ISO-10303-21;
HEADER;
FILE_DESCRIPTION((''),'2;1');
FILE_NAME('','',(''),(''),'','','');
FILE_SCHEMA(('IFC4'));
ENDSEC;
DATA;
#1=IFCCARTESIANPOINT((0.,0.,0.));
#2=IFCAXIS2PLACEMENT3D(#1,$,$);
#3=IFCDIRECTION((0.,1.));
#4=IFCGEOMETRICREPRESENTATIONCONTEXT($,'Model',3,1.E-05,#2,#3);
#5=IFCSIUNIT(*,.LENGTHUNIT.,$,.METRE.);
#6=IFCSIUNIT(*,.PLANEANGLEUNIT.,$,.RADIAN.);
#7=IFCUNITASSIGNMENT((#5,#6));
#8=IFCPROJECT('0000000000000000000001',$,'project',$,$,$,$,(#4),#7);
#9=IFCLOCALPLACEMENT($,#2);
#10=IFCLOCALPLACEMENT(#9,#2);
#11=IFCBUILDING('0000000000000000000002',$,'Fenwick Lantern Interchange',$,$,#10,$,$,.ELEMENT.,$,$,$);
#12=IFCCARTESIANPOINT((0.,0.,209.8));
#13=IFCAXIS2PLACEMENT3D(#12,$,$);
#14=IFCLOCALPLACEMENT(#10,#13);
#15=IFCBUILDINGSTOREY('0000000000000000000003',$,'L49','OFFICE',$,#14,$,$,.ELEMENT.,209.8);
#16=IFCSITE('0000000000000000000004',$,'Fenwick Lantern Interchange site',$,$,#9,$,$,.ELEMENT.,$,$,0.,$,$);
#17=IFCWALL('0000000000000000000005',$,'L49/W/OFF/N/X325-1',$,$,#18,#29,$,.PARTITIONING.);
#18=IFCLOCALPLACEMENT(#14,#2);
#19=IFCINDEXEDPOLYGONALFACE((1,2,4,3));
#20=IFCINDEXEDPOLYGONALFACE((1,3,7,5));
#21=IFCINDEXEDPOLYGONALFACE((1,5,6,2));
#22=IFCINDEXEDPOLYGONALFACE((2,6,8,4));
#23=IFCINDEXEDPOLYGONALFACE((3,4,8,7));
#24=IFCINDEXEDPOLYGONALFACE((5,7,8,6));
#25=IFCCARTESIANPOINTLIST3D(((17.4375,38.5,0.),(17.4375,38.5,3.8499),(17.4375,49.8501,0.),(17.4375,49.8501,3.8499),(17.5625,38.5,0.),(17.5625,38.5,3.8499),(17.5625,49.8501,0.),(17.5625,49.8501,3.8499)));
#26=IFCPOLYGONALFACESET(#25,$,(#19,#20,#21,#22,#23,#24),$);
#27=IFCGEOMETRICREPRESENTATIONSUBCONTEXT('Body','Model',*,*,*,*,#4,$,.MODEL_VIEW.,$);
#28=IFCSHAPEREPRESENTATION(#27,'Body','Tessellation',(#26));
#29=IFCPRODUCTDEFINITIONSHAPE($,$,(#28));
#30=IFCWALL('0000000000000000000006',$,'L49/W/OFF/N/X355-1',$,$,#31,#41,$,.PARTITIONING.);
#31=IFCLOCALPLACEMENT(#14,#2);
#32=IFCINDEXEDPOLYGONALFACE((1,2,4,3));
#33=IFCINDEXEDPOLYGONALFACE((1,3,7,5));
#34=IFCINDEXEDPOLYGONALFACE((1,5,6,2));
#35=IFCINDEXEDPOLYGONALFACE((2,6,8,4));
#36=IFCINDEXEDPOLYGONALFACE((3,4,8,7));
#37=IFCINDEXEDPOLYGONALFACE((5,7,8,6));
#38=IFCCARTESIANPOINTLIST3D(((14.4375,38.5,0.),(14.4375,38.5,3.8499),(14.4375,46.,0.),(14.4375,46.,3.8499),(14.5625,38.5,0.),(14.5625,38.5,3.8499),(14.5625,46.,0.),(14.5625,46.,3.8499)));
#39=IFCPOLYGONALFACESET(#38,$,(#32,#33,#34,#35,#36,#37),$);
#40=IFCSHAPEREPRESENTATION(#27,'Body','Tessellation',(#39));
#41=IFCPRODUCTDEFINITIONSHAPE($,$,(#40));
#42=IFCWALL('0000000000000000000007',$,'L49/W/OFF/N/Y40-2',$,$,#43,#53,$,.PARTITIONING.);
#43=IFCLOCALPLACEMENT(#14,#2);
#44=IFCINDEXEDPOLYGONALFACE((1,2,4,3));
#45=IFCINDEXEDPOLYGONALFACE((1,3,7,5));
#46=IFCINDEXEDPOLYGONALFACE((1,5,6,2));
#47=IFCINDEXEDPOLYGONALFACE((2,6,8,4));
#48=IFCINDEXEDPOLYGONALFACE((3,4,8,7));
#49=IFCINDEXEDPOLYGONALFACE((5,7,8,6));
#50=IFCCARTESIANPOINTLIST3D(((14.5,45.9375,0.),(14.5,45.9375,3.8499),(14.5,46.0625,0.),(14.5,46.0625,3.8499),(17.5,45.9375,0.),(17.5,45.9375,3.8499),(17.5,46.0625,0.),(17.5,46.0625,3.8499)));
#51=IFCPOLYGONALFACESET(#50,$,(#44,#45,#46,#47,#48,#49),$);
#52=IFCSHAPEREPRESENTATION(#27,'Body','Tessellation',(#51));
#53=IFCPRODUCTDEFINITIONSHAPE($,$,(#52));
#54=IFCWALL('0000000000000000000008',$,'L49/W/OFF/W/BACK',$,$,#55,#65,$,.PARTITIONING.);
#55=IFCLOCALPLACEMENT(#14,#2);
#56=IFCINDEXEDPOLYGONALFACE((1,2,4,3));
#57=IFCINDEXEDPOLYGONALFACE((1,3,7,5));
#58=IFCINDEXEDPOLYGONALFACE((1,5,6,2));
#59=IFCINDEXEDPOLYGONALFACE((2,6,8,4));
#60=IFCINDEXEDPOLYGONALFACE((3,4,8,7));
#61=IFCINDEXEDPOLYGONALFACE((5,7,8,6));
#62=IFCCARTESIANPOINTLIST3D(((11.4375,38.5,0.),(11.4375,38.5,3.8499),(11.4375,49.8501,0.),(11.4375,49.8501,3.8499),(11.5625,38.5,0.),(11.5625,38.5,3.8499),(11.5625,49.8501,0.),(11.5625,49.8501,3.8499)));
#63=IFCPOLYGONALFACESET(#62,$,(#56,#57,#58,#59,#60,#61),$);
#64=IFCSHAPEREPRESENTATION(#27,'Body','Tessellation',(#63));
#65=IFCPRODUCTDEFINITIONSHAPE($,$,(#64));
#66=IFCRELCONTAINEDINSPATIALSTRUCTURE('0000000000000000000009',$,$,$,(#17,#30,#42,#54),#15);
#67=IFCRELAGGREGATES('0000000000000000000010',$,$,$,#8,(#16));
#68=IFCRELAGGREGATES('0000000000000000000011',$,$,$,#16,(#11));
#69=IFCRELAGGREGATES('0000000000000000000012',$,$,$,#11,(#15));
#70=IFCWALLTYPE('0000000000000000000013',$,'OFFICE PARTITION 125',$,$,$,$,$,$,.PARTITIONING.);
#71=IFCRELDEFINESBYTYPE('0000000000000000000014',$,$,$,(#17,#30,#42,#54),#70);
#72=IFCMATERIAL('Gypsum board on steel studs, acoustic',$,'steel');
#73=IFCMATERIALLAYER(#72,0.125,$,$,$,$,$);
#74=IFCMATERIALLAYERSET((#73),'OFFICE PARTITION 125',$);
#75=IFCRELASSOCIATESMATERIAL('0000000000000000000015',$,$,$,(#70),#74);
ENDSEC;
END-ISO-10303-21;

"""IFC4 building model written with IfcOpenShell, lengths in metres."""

from ifc_helpers import new_model, si_unit, direction, frame, frame_2d, origin, place, context, subcontext, project, spatial, rectangle, extrude, material, layer, layer_set, type_object, element, save


model = new_model("IFC4")

# Units and contexts
model_context = context("Model", 3, precision=1e-05, world=origin(), true_north=direction((0.0, 1.0)))
body_context = subcontext(model_context, "Body", "Model", "MODEL_VIEW")
ifc_project = project(units=[si_unit("LENGTHUNIT", "METRE"), si_unit("PLANEANGLEUNIT", "RADIAN")], contexts=[model_context])

# Site, building, storey
site_placement = place(None, origin())
site = spatial("IfcSite", under=ifc_project, at=site_placement, Name="Fenwick Lantern Interchange site", CompositionType="ELEMENT", RefElevation=0.0)
building_placement = place(site_placement, origin())
building = spatial("IfcBuilding", under=site, at=building_placement, Name="Fenwick Lantern Interchange", CompositionType="ELEMENT")
storey_placement = place(building_placement, frame((0.0, 0.0, 209.8)))
storey = spatial("IfcBuildingStorey", under=building, at=storey_placement, Name="L49", Description="OFFICE", CompositionType="ELEMENT", Elevation=209.8)

# Walls
ifc_material_1 = material(Name="Gypsum board on steel studs, acoustic", Category="steel")
ifc_layer_1 = layer(ifc_material_1, 0.125)
ifc_layer_set_1 = layer_set([ifc_layer_1], Name="OFFICE PARTITION 125")
wall_type_1 = type_object("IfcWallType", Name="OFFICE PARTITION 125", PredefinedType="PARTITIONING", material=ifc_layer_set_1)
wall_1_placement = place(storey_placement, frame((17.5, 49.8501, 0.0), z_axis=(0.0, 0.0, 1.0), x_axis=(0.0, -1.0, 0.0)))
element("IfcWall", 1, at=wall_1_placement, inside=storey, type_object=wall_type_1, Name="L49/W/OFF/N/X325-1", PredefinedType="PARTITIONING", context=body_context, shape_type="SweptSolid", body=[
    extrude(rectangle(XDim=11.3501, YDim=0.125, at=frame_2d((5.675, 0.0))), origin(), (0.0, 0.0, 1.0), 3.8499),
])
wall_2_placement = place(storey_placement, frame((14.5, 46.0, 0.0), z_axis=(0.0, 0.0, 1.0), x_axis=(0.0, -1.0, 0.0)))
element("IfcWall", 2, at=wall_2_placement, inside=storey, type_object=wall_type_1, Name="L49/W/OFF/N/X355-1", PredefinedType="PARTITIONING", context=body_context, shape_type="SweptSolid", body=[
    extrude(rectangle(XDim=7.5, YDim=0.125, at=frame_2d((3.75, 0.0))), origin(), (0.0, 0.0, 1.0), 3.8499),
])
wall_3_placement = place(storey_placement, frame((17.5, 46.0, 0.0), z_axis=(0.0, 0.0, 1.0), x_axis=(-1.0, 0.0, 0.0)))
element("IfcWall", 3, at=wall_3_placement, inside=storey, type_object=wall_type_1, Name="L49/W/OFF/N/Y40-2", PredefinedType="PARTITIONING", context=body_context, shape_type="SweptSolid", body=[
    extrude(rectangle(XDim=3.0, YDim=0.125, at=frame_2d((1.5, 0.0))), origin(), (0.0, 0.0, 1.0), 3.8499),
])
wall_4_placement = place(storey_placement, frame((11.5, 49.8501, 0.0), z_axis=(0.0, 0.0, 1.0), x_axis=(0.0, -1.0, 0.0)))
element("IfcWall", 4, at=wall_4_placement, inside=storey, type_object=wall_type_1, Name="L49/W/OFF/W/BACK", PredefinedType="PARTITIONING", context=body_context, shape_type="SweptSolid", body=[
    extrude(rectangle(XDim=11.3501, YDim=0.125, at=frame_2d((5.675, 0.0))), origin(), (0.0, 0.0, 1.0), 3.8499),
])

save(model, "model.ifc")
